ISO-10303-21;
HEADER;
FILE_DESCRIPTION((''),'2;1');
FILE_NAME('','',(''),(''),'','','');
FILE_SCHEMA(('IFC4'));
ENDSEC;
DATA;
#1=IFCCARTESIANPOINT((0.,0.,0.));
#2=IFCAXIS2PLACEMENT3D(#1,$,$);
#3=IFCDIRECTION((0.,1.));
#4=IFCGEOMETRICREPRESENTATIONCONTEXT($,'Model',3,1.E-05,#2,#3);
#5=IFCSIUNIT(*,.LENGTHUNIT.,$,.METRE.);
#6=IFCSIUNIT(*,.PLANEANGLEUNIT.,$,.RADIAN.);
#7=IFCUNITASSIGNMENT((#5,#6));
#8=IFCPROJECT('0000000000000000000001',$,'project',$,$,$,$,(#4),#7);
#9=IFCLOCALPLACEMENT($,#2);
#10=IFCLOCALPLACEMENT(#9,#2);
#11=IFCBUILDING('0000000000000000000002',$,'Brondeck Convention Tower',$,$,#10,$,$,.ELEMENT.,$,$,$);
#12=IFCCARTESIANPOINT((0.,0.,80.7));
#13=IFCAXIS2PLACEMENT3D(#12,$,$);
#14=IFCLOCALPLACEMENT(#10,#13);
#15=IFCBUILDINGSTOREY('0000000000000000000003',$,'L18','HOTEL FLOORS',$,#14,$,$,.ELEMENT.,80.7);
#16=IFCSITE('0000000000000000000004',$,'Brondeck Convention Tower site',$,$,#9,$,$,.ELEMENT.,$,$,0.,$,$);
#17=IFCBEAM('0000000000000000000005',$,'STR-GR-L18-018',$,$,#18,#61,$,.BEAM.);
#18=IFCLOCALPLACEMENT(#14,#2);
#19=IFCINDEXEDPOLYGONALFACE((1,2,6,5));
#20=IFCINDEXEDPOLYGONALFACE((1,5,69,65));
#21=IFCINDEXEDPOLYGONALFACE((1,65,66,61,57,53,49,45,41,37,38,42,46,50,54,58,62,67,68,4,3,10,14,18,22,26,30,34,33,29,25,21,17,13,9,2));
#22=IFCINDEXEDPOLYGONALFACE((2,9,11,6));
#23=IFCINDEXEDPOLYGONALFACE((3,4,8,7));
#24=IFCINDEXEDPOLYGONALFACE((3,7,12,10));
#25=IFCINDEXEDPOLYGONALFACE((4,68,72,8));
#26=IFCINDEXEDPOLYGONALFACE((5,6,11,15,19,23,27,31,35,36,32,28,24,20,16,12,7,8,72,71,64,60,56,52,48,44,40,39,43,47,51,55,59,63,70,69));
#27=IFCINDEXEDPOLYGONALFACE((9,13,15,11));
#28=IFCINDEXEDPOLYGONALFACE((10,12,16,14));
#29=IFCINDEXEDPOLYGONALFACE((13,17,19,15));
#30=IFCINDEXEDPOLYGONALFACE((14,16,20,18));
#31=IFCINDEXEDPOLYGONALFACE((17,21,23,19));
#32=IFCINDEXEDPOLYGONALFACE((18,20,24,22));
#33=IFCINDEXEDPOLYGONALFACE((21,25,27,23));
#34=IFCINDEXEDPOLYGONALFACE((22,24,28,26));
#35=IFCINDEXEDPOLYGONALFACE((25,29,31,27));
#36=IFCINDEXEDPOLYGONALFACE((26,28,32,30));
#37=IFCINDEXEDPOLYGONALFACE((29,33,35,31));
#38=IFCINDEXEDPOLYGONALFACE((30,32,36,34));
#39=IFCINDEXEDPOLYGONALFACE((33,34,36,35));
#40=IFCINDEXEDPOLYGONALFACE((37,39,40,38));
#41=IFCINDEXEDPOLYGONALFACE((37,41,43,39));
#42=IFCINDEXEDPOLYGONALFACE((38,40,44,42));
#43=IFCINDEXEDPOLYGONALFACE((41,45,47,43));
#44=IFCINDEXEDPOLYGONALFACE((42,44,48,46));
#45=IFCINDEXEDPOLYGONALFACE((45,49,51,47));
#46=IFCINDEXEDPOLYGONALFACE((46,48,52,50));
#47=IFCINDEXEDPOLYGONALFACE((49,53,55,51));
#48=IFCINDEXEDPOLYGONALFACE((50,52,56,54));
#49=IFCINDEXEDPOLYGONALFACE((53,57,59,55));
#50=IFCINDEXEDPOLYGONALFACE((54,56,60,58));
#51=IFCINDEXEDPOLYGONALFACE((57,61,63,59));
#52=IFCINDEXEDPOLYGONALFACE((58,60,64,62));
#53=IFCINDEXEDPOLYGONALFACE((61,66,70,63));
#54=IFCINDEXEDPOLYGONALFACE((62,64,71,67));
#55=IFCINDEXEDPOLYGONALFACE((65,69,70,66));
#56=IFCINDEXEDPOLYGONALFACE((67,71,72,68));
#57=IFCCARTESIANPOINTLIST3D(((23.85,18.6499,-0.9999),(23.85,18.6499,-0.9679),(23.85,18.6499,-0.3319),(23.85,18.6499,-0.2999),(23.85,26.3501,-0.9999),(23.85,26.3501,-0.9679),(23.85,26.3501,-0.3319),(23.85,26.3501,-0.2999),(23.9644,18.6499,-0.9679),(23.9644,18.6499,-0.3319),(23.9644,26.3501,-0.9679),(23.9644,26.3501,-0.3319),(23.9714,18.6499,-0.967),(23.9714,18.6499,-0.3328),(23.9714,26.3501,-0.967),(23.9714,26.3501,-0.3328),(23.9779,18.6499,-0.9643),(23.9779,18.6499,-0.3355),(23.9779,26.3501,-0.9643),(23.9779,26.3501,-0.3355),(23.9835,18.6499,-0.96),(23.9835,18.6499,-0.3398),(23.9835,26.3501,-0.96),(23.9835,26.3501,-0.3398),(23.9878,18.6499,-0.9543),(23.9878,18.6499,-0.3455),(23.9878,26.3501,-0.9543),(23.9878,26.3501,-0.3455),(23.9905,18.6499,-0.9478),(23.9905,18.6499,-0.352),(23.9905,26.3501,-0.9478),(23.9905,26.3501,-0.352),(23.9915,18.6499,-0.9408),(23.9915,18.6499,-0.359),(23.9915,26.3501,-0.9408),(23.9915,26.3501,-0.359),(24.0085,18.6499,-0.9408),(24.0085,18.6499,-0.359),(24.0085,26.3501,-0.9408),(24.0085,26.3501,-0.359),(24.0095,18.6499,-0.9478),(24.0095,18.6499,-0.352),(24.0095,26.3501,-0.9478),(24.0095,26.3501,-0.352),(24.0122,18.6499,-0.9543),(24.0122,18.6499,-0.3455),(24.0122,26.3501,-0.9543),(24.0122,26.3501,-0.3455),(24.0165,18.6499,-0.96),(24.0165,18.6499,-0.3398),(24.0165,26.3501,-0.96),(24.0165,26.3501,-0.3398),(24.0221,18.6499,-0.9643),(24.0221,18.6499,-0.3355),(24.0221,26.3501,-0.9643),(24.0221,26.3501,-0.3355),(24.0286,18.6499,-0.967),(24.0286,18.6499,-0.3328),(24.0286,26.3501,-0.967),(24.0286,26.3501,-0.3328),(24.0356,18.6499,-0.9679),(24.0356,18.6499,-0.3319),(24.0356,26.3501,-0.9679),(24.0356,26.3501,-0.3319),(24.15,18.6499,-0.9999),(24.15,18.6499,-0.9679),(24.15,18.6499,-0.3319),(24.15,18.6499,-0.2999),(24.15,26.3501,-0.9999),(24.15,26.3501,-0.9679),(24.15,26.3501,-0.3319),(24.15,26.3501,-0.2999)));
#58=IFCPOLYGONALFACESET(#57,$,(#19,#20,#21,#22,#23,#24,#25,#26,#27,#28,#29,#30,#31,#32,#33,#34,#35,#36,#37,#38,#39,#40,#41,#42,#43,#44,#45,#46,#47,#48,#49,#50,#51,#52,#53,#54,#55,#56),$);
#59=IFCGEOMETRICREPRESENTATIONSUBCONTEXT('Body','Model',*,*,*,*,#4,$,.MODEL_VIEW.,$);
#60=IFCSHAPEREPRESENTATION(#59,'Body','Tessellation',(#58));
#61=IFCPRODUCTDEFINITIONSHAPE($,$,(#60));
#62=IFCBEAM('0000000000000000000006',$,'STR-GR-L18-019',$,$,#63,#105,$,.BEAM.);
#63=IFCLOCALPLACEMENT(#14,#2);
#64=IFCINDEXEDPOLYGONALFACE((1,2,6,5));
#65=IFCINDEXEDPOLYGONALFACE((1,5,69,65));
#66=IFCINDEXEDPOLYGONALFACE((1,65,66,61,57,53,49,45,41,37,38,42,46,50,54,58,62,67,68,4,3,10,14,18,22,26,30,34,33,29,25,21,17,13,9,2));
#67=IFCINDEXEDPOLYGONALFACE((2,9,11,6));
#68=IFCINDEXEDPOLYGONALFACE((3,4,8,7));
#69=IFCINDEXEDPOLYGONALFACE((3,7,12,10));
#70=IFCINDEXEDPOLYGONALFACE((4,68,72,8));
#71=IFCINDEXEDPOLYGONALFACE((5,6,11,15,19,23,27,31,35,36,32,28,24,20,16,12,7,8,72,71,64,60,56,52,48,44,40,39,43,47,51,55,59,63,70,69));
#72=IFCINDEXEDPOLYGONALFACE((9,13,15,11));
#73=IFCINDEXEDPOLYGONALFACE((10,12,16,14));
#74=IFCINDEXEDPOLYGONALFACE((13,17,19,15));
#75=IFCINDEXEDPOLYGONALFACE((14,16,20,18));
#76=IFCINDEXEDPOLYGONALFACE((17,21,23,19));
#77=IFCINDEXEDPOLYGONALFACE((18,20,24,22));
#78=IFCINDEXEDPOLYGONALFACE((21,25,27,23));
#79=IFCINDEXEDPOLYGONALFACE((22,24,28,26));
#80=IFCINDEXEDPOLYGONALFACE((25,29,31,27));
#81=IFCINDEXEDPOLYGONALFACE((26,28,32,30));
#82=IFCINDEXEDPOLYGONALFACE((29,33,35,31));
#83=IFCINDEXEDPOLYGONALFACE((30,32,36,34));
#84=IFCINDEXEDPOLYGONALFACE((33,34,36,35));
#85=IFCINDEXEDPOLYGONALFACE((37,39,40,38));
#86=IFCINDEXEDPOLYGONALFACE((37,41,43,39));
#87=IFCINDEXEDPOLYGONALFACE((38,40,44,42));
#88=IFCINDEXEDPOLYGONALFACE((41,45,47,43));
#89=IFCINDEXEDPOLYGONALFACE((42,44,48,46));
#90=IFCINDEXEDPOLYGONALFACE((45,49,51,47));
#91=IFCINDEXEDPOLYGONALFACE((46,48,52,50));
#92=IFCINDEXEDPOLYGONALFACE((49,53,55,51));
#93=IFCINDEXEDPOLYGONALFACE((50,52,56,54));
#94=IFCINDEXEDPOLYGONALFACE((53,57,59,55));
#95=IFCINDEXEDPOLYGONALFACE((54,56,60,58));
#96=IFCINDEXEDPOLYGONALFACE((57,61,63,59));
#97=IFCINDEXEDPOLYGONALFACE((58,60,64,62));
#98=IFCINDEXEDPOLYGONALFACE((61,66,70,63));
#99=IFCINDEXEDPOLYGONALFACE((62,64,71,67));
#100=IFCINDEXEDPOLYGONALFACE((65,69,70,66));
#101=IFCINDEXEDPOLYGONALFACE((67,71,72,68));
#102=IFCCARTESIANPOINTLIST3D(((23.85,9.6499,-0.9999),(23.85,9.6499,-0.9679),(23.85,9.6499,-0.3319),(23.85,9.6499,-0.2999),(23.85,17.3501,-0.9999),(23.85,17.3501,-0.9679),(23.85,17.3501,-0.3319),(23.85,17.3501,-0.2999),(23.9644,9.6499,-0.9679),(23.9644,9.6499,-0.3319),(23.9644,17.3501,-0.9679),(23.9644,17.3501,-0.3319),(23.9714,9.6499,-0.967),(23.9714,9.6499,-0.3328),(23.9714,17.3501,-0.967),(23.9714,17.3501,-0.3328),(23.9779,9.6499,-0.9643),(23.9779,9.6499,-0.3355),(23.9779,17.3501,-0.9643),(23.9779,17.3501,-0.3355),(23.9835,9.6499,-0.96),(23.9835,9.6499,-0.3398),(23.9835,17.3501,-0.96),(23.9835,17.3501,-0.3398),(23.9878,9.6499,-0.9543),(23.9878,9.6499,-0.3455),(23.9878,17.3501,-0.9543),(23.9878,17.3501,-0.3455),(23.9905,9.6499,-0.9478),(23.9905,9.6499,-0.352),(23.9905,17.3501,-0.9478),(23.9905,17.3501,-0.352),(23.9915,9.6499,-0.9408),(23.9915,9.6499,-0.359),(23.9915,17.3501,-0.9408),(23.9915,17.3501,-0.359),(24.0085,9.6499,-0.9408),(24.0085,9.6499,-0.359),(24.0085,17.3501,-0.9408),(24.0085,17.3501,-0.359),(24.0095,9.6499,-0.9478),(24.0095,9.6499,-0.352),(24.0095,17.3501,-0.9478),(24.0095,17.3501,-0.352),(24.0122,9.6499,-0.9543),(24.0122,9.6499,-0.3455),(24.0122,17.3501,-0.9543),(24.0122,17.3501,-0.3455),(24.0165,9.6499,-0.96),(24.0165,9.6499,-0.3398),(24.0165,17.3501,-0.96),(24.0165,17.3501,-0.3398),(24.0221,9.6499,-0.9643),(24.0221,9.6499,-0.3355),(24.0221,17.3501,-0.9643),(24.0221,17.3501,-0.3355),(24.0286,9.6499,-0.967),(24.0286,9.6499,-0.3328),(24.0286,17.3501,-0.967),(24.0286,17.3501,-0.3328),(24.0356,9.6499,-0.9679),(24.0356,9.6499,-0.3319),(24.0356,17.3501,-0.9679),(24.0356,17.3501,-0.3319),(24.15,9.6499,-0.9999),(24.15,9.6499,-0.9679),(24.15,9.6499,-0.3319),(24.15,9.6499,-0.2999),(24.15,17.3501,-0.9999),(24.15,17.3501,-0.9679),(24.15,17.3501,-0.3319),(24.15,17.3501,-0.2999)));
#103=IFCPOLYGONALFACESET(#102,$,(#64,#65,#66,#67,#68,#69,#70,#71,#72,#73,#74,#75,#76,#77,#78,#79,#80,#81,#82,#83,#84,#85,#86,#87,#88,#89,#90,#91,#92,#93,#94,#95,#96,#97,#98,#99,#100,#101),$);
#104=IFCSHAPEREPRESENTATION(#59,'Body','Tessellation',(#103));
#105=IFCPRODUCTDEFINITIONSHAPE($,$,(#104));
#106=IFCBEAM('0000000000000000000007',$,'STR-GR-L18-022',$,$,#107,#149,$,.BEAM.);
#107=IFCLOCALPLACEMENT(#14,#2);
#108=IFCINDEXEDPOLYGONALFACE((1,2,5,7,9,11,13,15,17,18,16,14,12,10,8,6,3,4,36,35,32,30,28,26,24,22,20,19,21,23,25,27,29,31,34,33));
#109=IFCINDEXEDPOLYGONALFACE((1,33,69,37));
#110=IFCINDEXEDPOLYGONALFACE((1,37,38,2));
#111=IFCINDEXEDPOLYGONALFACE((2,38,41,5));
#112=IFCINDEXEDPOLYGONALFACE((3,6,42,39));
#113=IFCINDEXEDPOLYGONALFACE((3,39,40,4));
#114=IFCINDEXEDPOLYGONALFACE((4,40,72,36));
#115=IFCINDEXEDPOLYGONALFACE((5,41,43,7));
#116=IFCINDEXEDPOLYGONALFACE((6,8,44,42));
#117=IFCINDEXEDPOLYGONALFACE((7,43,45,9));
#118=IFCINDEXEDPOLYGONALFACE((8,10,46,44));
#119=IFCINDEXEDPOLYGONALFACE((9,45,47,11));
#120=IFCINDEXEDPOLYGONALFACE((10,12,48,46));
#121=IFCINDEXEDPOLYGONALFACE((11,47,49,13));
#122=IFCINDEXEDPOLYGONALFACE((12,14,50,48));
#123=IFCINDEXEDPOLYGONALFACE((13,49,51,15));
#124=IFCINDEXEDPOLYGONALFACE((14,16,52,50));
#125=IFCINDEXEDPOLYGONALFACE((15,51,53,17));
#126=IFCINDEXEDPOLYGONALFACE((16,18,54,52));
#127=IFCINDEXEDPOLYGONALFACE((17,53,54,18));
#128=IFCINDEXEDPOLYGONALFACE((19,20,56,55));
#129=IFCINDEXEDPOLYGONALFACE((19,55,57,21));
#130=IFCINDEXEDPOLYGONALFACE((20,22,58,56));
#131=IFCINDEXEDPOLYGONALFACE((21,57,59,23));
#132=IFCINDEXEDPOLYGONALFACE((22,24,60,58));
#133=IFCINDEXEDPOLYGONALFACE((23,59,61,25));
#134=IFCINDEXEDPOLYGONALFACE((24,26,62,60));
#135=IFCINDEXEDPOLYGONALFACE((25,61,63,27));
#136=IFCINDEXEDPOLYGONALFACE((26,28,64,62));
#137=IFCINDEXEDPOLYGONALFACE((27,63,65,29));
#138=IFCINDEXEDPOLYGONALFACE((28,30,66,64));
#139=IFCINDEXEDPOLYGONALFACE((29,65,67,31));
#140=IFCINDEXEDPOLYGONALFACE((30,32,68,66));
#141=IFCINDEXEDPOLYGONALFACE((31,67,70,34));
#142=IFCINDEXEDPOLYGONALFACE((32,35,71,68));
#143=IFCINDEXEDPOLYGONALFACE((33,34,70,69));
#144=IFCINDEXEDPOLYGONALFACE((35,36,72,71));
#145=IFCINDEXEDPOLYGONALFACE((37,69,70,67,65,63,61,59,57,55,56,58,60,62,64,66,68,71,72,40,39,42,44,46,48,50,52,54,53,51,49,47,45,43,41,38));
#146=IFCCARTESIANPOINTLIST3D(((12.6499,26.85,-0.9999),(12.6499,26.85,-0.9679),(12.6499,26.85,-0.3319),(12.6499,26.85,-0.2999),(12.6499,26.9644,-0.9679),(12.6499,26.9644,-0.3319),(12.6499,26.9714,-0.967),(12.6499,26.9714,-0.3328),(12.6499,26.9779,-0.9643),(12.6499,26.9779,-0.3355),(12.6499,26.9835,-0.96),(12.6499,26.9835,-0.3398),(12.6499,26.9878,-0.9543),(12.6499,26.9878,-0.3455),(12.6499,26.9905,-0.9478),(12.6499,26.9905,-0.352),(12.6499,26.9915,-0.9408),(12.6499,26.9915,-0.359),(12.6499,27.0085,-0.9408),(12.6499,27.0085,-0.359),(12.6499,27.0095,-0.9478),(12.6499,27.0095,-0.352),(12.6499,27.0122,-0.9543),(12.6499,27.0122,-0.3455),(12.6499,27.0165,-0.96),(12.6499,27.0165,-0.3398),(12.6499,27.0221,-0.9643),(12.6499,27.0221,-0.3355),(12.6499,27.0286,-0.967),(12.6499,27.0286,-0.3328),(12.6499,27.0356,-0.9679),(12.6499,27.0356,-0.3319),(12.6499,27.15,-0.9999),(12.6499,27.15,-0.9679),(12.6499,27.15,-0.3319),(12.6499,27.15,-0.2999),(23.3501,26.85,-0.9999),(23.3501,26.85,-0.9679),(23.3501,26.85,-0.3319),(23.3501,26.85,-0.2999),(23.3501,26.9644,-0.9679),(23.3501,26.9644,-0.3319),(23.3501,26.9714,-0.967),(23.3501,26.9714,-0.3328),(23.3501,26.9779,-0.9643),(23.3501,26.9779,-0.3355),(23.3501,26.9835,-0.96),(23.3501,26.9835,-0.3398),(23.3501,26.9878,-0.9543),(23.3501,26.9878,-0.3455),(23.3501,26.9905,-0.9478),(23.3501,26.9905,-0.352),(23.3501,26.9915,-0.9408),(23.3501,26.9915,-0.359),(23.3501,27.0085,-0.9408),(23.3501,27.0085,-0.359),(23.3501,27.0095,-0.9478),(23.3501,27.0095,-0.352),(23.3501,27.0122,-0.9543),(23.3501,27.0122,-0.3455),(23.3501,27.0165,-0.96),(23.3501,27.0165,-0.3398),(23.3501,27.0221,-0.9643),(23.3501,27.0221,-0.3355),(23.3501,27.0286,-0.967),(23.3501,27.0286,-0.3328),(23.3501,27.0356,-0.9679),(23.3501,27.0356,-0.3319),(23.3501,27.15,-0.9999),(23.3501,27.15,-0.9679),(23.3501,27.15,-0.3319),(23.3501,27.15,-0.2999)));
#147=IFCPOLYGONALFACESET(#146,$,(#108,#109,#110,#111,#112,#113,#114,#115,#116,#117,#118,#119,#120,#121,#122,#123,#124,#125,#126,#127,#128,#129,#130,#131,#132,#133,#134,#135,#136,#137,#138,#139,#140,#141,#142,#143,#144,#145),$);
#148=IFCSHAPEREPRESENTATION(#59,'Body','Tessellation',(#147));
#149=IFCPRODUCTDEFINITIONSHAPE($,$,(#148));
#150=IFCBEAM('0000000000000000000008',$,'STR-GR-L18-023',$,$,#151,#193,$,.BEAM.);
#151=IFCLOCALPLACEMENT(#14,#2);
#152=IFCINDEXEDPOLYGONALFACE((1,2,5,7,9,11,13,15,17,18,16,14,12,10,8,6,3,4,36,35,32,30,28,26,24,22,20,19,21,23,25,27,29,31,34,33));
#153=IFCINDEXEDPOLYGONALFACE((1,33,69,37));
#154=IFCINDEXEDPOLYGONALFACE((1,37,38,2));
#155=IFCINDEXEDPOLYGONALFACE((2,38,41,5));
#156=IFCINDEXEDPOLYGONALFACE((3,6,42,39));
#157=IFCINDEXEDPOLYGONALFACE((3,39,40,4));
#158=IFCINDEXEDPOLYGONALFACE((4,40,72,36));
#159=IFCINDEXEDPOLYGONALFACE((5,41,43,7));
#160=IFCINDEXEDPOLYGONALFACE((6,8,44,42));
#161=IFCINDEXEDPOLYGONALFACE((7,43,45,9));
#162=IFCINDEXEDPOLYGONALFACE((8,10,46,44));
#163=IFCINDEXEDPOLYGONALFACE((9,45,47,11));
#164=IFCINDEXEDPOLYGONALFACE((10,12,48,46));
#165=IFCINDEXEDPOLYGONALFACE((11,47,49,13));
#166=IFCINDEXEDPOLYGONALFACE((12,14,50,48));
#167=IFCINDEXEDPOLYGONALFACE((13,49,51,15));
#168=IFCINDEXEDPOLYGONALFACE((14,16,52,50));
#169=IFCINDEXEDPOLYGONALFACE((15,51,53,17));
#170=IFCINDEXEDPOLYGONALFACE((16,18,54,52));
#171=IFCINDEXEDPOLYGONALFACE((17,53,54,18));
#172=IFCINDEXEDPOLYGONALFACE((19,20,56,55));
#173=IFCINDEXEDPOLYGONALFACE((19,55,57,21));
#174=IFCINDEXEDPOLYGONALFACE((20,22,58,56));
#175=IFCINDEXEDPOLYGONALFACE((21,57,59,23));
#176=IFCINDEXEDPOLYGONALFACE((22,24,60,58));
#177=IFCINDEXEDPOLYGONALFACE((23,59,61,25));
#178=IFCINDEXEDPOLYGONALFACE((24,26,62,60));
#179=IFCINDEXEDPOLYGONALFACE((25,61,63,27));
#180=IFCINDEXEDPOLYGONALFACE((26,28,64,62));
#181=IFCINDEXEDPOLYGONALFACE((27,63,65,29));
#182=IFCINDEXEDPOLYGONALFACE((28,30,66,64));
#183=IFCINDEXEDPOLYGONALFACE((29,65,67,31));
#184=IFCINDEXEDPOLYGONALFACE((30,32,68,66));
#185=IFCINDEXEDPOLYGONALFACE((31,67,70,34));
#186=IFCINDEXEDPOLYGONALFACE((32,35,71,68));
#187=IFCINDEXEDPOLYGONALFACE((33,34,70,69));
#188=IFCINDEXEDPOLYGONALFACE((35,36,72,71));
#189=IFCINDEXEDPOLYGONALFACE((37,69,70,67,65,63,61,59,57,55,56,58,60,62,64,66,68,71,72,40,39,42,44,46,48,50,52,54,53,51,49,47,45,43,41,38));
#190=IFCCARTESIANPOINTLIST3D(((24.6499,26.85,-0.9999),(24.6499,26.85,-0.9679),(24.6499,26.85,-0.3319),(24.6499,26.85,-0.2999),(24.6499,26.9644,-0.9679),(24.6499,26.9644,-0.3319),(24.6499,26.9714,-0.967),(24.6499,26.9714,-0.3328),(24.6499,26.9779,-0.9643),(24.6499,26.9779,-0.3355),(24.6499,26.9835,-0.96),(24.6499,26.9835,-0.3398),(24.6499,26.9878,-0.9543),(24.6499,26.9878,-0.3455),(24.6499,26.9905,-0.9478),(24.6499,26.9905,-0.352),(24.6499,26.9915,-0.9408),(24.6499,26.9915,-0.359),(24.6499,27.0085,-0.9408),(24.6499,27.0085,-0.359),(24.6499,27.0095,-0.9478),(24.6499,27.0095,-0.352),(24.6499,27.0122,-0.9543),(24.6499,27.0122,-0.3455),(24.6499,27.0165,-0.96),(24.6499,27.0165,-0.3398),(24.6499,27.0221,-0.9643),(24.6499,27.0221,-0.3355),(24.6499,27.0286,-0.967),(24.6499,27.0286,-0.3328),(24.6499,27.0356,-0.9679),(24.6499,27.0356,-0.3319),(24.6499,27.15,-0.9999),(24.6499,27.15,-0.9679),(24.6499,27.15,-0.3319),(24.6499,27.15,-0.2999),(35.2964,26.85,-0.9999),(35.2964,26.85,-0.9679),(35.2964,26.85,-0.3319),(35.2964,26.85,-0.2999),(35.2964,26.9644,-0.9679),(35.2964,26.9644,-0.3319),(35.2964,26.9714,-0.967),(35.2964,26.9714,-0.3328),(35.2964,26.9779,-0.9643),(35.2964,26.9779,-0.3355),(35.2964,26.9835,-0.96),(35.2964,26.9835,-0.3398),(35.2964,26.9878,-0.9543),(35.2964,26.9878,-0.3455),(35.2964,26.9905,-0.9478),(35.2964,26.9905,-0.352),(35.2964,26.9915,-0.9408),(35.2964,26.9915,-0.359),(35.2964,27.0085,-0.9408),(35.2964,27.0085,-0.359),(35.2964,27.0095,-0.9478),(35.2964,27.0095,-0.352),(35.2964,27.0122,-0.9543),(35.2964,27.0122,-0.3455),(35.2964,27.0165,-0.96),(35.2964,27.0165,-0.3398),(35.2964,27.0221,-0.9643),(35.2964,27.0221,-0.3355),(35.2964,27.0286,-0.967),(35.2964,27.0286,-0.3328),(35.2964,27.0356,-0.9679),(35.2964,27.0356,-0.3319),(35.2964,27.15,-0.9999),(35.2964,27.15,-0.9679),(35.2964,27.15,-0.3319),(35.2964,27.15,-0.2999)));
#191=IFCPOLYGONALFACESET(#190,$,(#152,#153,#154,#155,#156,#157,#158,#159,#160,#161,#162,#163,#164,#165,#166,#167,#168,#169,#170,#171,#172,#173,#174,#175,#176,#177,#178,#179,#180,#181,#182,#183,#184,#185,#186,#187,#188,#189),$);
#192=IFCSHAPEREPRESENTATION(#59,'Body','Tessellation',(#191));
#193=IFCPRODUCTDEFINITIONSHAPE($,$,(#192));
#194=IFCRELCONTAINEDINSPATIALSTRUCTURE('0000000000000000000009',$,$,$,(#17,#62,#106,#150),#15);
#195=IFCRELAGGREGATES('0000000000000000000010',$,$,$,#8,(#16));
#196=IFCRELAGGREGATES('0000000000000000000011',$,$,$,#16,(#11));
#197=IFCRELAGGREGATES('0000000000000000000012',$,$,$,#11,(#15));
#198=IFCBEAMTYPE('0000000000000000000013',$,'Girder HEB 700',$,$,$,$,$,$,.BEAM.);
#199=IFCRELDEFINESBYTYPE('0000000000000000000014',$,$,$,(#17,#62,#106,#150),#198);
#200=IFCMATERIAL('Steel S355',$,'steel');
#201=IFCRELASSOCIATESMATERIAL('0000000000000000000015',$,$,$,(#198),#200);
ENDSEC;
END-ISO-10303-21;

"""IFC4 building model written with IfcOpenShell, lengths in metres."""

from ifc_helpers import new_model, si_unit, direction, frame, origin, origin_2d, place, context, subcontext, project, spatial, i_section, extrude, material, material_profile, profile_set, type_object, element, save


model = new_model("IFC4")

# Units and contexts
model_context = context("Model", 3, precision=1e-05, world=origin(), true_north=direction((0.0, 1.0)))
body_context = subcontext(model_context, "Body", "Model", "MODEL_VIEW")
ifc_project = project(units=[si_unit("LENGTHUNIT", "METRE"), si_unit("PLANEANGLEUNIT", "RADIAN")], contexts=[model_context])

# Site, building, storey
site_placement = place(None, origin())
site = spatial("IfcSite", under=ifc_project, at=site_placement, Name="Brondeck Convention Tower site", CompositionType="ELEMENT", RefElevation=0.0)
building_placement = place(site_placement, origin())
building = spatial("IfcBuilding", under=site, at=building_placement, Name="Brondeck Convention Tower", CompositionType="ELEMENT")
storey_placement = place(building_placement, frame((0.0, 0.0, 80.7)))
storey = spatial("IfcBuildingStorey", under=building, at=storey_placement, Name="L18", Description="HOTEL FLOORS", CompositionType="ELEMENT", Elevation=80.7)

# Beams
ifc_material_1 = material(Name="Steel S355", Category="steel")
ifc_material_profile_1 = material_profile(ifc_material_1, i_section(OverallWidth=0.3, OverallDepth=0.7, WebThickness=0.0171, FlangeThickness=0.032, FilletRadius=0.0271, at=origin_2d()), Name="HEB 700")
ifc_profile_set_1 = profile_set([ifc_material_profile_1], Name="Steel S355")
beam_type_1 = type_object("IfcBeamType", Name="Girder HEB 700", PredefinedType="BEAM", material=ifc_profile_set_1)
for number, where, z_axis, x_axis, name in (
    (1, (24.0, 26.3501, -0.6499), (0.0, -1.0, 0.0), (1.0, 0.0, 0.0), "STR-GR-L18-018"),
    (2, (24.0, 17.3501, -0.6499), (0.0, -1.0, 0.0), (1.0, 0.0, 0.0), "STR-GR-L18-019"),
):
    element("IfcBeam", number, at=place(storey_placement, frame(where, z_axis=z_axis, x_axis=x_axis)), inside=storey, type_object=beam_type_1, Name=name, PredefinedType="BEAM", context=body_context, shape_type="SweptSolid", body=[
        extrude(i_section(OverallWidth=0.3, OverallDepth=0.7, WebThickness=0.0171, FlangeThickness=0.032, FilletRadius=0.0271, at=origin_2d()), origin(), (0.0, 0.0, 1.0), 7.7002),
    ])
beam_1_placement = place(storey_placement, frame((12.6499, 27.0, -0.6499), z_axis=(1.0, 0.0, 0.0), x_axis=(0.0, 1.0, 0.0)))
element("IfcBeam", 3, at=beam_1_placement, inside=storey, type_object=beam_type_1, Name="STR-GR-L18-022", PredefinedType="BEAM", context=body_context, shape_type="SweptSolid", body=[
    extrude(i_section(OverallWidth=0.3, OverallDepth=0.7, WebThickness=0.0171, FlangeThickness=0.032, FilletRadius=0.0271, at=origin_2d()), origin(), (0.0, 0.0, 1.0), 10.7002),
])
beam_2_placement = place(storey_placement, frame((24.6499, 27.0, -0.6499), z_axis=(1.0, 0.0, 0.0), x_axis=(0.0, 1.0, 0.0)))
element("IfcBeam", 4, at=beam_2_placement, inside=storey, type_object=beam_type_1, Name="STR-GR-L18-023", PredefinedType="BEAM", context=body_context, shape_type="SweptSolid", body=[
    extrude(i_section(OverallWidth=0.3, OverallDepth=0.7, WebThickness=0.0171, FlangeThickness=0.032, FilletRadius=0.0271, at=origin_2d()), origin(), (0.0, 0.0, 1.0), 10.6465),
])

save(model, "model.ifc")
